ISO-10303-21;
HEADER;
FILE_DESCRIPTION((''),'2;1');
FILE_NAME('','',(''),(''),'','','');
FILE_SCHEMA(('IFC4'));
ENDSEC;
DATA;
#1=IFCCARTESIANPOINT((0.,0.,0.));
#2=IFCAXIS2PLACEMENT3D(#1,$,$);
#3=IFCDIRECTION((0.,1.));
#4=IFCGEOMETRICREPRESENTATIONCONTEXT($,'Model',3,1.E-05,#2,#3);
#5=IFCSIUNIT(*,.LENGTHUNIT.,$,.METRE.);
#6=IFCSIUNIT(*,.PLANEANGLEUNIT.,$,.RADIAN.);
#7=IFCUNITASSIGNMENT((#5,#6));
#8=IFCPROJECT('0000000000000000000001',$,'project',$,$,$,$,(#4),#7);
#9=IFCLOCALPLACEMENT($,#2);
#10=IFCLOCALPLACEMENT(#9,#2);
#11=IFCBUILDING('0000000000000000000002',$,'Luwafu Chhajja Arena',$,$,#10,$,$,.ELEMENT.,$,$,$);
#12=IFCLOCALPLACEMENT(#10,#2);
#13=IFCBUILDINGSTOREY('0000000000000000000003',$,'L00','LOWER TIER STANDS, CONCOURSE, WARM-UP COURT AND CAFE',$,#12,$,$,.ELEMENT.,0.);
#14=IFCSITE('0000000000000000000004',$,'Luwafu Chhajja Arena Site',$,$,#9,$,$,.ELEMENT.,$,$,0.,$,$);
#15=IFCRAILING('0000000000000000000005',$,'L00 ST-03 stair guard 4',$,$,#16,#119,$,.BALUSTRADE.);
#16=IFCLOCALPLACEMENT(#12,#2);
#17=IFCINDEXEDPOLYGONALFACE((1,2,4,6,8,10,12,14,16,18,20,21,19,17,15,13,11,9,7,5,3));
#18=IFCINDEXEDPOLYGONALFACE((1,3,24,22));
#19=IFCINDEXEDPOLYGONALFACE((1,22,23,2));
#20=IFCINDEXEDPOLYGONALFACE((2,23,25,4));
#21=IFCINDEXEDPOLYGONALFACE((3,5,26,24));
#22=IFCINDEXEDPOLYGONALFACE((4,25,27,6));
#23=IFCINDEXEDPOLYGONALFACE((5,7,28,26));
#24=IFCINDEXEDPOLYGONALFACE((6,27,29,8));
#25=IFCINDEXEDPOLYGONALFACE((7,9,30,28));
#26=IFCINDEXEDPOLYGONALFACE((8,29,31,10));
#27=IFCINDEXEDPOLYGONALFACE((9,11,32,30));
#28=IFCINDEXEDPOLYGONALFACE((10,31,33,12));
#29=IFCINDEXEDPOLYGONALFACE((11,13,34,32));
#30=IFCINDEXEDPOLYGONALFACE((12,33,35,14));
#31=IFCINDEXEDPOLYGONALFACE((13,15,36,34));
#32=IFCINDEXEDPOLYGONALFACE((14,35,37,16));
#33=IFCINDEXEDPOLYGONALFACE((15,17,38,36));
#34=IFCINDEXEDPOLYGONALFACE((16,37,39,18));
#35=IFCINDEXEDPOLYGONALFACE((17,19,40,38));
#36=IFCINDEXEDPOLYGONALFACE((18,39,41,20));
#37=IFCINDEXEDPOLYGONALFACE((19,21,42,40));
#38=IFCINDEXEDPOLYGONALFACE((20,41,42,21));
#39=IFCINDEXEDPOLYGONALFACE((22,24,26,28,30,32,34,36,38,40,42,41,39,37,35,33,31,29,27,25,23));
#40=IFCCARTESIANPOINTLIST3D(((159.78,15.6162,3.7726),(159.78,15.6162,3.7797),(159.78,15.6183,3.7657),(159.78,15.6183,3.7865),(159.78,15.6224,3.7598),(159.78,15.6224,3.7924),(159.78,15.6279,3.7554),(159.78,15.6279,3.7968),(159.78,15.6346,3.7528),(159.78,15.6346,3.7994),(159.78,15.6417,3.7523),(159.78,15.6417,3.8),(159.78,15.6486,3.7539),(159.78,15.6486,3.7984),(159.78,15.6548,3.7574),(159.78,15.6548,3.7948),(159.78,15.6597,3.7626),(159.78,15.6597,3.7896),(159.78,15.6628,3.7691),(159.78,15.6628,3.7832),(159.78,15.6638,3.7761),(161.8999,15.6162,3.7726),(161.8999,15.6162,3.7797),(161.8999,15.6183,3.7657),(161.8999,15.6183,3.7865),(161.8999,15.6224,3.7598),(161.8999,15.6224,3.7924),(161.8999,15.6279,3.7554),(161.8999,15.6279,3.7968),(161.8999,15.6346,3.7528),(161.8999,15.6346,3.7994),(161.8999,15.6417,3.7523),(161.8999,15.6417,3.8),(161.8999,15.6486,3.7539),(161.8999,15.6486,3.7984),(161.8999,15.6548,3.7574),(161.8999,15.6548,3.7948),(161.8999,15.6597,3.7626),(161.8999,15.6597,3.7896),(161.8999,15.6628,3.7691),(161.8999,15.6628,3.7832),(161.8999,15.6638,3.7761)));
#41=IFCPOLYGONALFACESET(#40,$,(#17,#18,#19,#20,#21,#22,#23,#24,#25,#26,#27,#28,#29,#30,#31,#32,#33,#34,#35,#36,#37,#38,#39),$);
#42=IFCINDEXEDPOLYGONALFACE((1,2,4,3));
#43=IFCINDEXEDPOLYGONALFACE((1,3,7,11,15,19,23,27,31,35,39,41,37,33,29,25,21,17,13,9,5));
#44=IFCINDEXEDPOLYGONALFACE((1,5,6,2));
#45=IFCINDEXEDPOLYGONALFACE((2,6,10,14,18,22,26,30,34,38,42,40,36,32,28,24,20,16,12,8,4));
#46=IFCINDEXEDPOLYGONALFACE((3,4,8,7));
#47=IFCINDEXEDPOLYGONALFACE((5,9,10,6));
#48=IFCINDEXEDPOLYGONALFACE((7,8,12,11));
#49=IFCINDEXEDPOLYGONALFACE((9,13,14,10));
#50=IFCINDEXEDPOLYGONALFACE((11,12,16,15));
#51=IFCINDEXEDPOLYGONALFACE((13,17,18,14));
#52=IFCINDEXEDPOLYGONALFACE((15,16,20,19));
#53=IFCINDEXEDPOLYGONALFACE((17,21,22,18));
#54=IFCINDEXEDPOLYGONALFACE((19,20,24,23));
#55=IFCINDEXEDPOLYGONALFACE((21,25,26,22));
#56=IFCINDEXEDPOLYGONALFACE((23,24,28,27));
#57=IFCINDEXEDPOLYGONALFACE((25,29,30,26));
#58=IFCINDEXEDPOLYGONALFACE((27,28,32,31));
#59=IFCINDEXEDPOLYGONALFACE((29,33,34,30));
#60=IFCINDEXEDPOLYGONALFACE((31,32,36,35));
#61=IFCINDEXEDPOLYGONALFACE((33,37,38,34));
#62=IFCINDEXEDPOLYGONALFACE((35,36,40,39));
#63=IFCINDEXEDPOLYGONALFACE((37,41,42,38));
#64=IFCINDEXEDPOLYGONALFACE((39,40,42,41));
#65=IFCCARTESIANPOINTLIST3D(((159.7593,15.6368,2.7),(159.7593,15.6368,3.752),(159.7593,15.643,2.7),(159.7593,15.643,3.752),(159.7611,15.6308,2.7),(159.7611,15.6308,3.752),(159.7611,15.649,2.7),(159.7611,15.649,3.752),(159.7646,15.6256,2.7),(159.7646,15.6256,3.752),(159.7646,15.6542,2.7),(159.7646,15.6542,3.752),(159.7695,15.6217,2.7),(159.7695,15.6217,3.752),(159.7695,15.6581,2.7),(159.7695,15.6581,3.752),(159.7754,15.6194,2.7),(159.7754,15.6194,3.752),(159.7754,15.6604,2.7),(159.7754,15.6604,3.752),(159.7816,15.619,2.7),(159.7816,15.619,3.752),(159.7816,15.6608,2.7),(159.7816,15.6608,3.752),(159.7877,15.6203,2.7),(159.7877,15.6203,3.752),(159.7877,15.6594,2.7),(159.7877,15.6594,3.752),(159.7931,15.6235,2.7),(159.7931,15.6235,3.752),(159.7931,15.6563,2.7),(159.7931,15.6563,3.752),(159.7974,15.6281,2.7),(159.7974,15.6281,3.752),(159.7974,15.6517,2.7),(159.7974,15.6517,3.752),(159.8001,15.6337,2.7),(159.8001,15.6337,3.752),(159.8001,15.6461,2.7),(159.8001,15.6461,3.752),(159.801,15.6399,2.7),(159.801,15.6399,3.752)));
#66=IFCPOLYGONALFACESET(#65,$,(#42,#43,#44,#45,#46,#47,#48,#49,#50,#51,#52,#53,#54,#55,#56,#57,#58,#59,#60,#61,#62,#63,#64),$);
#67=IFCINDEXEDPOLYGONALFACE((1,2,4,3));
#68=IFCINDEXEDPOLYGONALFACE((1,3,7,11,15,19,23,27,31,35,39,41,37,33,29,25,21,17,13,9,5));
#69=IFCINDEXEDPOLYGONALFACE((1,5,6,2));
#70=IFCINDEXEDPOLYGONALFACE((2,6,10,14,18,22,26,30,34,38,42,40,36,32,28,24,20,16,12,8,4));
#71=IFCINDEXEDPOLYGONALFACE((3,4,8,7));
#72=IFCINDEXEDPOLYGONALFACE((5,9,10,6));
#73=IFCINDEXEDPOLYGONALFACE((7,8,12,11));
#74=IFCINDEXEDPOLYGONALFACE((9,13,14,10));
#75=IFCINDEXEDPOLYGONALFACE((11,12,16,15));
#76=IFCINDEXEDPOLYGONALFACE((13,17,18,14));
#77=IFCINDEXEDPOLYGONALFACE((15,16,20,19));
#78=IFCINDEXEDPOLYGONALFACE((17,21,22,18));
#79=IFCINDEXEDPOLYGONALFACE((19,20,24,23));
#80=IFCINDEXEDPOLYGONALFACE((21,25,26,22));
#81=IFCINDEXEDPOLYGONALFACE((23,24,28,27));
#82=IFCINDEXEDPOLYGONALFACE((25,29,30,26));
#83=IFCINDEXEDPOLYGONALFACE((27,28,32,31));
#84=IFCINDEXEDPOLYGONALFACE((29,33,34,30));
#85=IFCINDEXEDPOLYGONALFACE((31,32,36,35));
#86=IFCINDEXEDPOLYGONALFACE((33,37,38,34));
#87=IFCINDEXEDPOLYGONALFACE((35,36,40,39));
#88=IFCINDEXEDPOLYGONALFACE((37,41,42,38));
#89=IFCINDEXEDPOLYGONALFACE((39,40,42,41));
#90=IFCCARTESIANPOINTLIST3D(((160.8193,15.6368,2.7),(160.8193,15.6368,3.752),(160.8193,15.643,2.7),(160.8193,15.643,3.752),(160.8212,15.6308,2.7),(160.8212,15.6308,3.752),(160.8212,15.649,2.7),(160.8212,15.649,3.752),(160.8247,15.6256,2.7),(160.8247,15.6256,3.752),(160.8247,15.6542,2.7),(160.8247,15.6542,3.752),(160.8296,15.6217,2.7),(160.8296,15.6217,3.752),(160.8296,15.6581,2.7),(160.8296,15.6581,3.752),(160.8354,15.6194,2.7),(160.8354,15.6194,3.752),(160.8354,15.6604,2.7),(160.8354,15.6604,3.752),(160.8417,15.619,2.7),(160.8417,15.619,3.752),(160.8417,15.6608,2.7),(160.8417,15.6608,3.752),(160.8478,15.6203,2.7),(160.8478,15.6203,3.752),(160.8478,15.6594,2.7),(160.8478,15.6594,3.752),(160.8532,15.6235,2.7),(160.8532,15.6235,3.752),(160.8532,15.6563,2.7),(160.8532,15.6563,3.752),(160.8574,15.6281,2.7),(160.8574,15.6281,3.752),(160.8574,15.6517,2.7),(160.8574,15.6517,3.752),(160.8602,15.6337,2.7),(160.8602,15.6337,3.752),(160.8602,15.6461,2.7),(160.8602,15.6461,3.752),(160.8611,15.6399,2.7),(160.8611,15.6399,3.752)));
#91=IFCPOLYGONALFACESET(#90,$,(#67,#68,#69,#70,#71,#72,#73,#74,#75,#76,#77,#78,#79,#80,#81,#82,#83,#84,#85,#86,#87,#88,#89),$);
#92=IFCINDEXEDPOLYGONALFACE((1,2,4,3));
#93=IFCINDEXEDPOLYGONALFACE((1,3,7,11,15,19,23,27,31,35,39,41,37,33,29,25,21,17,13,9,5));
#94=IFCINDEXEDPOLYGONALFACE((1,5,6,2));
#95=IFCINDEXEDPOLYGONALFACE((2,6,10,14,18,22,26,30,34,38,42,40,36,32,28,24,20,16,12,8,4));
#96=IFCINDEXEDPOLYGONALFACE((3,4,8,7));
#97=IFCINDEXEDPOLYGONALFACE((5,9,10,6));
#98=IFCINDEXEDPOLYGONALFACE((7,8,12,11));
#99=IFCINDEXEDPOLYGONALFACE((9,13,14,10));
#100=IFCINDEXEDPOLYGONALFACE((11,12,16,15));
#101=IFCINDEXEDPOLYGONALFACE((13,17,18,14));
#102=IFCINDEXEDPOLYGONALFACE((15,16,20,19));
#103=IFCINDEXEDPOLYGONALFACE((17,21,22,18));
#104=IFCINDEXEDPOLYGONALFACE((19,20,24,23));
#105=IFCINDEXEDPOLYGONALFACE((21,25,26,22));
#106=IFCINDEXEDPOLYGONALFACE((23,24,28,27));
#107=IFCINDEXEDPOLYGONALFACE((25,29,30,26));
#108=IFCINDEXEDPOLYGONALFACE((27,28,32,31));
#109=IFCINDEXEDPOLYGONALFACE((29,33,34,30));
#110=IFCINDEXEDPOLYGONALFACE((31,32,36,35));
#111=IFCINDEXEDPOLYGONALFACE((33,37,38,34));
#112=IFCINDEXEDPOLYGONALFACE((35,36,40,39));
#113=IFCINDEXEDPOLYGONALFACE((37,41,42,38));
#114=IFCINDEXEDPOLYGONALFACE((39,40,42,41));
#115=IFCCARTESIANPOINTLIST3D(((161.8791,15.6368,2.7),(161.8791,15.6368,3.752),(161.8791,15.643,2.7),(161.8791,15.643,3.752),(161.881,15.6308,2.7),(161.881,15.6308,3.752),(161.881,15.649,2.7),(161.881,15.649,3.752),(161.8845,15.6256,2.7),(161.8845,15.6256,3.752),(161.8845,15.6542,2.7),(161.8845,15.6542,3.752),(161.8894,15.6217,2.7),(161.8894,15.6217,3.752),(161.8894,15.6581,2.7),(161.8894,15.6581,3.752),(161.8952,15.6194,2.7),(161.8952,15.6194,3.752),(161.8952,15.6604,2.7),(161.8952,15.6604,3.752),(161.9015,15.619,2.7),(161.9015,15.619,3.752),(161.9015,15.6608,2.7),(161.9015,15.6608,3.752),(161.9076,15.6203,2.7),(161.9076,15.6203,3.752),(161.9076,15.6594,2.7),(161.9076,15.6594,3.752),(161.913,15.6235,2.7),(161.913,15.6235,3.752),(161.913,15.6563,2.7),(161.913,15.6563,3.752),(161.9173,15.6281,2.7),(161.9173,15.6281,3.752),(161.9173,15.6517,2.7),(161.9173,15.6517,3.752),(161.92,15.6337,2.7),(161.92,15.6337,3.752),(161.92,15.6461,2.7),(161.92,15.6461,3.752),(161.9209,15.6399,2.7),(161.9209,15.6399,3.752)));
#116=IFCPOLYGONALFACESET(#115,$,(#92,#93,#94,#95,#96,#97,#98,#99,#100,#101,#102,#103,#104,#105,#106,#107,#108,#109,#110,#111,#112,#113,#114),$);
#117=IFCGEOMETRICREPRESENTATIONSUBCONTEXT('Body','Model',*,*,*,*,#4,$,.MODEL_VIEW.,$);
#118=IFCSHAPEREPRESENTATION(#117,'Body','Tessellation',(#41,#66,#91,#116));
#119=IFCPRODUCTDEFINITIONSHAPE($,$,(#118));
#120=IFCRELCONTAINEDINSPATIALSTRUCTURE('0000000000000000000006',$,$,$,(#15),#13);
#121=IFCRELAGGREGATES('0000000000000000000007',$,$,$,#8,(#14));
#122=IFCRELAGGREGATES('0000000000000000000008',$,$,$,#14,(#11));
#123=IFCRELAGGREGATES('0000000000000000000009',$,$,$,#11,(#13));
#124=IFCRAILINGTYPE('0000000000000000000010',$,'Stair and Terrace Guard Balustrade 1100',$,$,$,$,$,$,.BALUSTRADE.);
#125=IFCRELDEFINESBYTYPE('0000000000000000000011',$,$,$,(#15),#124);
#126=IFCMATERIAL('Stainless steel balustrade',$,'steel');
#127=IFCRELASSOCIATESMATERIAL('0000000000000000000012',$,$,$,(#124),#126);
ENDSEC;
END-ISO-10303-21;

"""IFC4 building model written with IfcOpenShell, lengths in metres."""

from ifc_helpers import new_model, si_unit, direction, frame, origin, origin_2d, place, context, subcontext, project, spatial, circle, extrude, material, type_object, element, save


model = new_model("IFC4")

# Units and contexts
model_context = context("Model", 3, precision=1e-05, world=origin(), true_north=direction((0.0, 1.0)))
body_context = subcontext(model_context, "Body", "Model", "MODEL_VIEW")
ifc_project = project(units=[si_unit("LENGTHUNIT", "METRE"), si_unit("PLANEANGLEUNIT", "RADIAN")], contexts=[model_context])

# Site, building, storey
site_placement = place(None, origin())
site = spatial("IfcSite", under=ifc_project, at=site_placement, Name="Luwafu Chhajja Arena Site", CompositionType="ELEMENT", RefElevation=0.0)
building_placement = place(site_placement, origin())
building = spatial("IfcBuilding", under=site, at=building_placement, Name="Luwafu Chhajja Arena", CompositionType="ELEMENT")
storey_placement = place(building_placement, origin())
storey = spatial("IfcBuildingStorey", under=building, at=storey_placement, Name="L00", Description="LOWER TIER STANDS, CONCOURSE, WARM-UP COURT AND CAFE", CompositionType="ELEMENT", Elevation=0.0)

# Railing
ifc_material_1 = material(Name="Stainless steel balustrade", Category="steel")
railing_type_1 = type_object("IfcRailingType", Name="Stair and Terrace Guard Balustrade 1100", PredefinedType="BALUSTRADE", material=ifc_material_1)
for number, where, name in (
    (1, (159.78, 15.6399, 2.7), "L00 ST-03 stair guard 4"),
):
    element("IfcRailing", number, at=place(storey_placement, frame(where)), inside=storey, type_object=railing_type_1, Name=name, PredefinedType="BALUSTRADE", context=body_context, shape_type="SweptSolid", body=[
        extrude(circle(Radius=0.0239, at=origin_2d()), frame((0.0, 0.0, 1.0762), z_axis=(1.0, 0.0, 0.0), x_axis=(0.0, 1.0, 0.0)), (0.0, 0.0, 1.0), 2.1199),
        extrude(circle(Radius=0.021, at=origin_2d()), origin(), (0.0, 0.0, 1.0), 1.052),
        extrude(circle(Radius=0.021, at=origin_2d()), frame((1.0601, 0.0, 0.0)), (0.0, 0.0, 1.0), 1.052),
        extrude(circle(Radius=0.021, at=origin_2d()), frame((2.1199, 0.0, 0.0)), (0.0, 0.0, 1.0), 1.052),
    ])

save(model, "model.ifc")
